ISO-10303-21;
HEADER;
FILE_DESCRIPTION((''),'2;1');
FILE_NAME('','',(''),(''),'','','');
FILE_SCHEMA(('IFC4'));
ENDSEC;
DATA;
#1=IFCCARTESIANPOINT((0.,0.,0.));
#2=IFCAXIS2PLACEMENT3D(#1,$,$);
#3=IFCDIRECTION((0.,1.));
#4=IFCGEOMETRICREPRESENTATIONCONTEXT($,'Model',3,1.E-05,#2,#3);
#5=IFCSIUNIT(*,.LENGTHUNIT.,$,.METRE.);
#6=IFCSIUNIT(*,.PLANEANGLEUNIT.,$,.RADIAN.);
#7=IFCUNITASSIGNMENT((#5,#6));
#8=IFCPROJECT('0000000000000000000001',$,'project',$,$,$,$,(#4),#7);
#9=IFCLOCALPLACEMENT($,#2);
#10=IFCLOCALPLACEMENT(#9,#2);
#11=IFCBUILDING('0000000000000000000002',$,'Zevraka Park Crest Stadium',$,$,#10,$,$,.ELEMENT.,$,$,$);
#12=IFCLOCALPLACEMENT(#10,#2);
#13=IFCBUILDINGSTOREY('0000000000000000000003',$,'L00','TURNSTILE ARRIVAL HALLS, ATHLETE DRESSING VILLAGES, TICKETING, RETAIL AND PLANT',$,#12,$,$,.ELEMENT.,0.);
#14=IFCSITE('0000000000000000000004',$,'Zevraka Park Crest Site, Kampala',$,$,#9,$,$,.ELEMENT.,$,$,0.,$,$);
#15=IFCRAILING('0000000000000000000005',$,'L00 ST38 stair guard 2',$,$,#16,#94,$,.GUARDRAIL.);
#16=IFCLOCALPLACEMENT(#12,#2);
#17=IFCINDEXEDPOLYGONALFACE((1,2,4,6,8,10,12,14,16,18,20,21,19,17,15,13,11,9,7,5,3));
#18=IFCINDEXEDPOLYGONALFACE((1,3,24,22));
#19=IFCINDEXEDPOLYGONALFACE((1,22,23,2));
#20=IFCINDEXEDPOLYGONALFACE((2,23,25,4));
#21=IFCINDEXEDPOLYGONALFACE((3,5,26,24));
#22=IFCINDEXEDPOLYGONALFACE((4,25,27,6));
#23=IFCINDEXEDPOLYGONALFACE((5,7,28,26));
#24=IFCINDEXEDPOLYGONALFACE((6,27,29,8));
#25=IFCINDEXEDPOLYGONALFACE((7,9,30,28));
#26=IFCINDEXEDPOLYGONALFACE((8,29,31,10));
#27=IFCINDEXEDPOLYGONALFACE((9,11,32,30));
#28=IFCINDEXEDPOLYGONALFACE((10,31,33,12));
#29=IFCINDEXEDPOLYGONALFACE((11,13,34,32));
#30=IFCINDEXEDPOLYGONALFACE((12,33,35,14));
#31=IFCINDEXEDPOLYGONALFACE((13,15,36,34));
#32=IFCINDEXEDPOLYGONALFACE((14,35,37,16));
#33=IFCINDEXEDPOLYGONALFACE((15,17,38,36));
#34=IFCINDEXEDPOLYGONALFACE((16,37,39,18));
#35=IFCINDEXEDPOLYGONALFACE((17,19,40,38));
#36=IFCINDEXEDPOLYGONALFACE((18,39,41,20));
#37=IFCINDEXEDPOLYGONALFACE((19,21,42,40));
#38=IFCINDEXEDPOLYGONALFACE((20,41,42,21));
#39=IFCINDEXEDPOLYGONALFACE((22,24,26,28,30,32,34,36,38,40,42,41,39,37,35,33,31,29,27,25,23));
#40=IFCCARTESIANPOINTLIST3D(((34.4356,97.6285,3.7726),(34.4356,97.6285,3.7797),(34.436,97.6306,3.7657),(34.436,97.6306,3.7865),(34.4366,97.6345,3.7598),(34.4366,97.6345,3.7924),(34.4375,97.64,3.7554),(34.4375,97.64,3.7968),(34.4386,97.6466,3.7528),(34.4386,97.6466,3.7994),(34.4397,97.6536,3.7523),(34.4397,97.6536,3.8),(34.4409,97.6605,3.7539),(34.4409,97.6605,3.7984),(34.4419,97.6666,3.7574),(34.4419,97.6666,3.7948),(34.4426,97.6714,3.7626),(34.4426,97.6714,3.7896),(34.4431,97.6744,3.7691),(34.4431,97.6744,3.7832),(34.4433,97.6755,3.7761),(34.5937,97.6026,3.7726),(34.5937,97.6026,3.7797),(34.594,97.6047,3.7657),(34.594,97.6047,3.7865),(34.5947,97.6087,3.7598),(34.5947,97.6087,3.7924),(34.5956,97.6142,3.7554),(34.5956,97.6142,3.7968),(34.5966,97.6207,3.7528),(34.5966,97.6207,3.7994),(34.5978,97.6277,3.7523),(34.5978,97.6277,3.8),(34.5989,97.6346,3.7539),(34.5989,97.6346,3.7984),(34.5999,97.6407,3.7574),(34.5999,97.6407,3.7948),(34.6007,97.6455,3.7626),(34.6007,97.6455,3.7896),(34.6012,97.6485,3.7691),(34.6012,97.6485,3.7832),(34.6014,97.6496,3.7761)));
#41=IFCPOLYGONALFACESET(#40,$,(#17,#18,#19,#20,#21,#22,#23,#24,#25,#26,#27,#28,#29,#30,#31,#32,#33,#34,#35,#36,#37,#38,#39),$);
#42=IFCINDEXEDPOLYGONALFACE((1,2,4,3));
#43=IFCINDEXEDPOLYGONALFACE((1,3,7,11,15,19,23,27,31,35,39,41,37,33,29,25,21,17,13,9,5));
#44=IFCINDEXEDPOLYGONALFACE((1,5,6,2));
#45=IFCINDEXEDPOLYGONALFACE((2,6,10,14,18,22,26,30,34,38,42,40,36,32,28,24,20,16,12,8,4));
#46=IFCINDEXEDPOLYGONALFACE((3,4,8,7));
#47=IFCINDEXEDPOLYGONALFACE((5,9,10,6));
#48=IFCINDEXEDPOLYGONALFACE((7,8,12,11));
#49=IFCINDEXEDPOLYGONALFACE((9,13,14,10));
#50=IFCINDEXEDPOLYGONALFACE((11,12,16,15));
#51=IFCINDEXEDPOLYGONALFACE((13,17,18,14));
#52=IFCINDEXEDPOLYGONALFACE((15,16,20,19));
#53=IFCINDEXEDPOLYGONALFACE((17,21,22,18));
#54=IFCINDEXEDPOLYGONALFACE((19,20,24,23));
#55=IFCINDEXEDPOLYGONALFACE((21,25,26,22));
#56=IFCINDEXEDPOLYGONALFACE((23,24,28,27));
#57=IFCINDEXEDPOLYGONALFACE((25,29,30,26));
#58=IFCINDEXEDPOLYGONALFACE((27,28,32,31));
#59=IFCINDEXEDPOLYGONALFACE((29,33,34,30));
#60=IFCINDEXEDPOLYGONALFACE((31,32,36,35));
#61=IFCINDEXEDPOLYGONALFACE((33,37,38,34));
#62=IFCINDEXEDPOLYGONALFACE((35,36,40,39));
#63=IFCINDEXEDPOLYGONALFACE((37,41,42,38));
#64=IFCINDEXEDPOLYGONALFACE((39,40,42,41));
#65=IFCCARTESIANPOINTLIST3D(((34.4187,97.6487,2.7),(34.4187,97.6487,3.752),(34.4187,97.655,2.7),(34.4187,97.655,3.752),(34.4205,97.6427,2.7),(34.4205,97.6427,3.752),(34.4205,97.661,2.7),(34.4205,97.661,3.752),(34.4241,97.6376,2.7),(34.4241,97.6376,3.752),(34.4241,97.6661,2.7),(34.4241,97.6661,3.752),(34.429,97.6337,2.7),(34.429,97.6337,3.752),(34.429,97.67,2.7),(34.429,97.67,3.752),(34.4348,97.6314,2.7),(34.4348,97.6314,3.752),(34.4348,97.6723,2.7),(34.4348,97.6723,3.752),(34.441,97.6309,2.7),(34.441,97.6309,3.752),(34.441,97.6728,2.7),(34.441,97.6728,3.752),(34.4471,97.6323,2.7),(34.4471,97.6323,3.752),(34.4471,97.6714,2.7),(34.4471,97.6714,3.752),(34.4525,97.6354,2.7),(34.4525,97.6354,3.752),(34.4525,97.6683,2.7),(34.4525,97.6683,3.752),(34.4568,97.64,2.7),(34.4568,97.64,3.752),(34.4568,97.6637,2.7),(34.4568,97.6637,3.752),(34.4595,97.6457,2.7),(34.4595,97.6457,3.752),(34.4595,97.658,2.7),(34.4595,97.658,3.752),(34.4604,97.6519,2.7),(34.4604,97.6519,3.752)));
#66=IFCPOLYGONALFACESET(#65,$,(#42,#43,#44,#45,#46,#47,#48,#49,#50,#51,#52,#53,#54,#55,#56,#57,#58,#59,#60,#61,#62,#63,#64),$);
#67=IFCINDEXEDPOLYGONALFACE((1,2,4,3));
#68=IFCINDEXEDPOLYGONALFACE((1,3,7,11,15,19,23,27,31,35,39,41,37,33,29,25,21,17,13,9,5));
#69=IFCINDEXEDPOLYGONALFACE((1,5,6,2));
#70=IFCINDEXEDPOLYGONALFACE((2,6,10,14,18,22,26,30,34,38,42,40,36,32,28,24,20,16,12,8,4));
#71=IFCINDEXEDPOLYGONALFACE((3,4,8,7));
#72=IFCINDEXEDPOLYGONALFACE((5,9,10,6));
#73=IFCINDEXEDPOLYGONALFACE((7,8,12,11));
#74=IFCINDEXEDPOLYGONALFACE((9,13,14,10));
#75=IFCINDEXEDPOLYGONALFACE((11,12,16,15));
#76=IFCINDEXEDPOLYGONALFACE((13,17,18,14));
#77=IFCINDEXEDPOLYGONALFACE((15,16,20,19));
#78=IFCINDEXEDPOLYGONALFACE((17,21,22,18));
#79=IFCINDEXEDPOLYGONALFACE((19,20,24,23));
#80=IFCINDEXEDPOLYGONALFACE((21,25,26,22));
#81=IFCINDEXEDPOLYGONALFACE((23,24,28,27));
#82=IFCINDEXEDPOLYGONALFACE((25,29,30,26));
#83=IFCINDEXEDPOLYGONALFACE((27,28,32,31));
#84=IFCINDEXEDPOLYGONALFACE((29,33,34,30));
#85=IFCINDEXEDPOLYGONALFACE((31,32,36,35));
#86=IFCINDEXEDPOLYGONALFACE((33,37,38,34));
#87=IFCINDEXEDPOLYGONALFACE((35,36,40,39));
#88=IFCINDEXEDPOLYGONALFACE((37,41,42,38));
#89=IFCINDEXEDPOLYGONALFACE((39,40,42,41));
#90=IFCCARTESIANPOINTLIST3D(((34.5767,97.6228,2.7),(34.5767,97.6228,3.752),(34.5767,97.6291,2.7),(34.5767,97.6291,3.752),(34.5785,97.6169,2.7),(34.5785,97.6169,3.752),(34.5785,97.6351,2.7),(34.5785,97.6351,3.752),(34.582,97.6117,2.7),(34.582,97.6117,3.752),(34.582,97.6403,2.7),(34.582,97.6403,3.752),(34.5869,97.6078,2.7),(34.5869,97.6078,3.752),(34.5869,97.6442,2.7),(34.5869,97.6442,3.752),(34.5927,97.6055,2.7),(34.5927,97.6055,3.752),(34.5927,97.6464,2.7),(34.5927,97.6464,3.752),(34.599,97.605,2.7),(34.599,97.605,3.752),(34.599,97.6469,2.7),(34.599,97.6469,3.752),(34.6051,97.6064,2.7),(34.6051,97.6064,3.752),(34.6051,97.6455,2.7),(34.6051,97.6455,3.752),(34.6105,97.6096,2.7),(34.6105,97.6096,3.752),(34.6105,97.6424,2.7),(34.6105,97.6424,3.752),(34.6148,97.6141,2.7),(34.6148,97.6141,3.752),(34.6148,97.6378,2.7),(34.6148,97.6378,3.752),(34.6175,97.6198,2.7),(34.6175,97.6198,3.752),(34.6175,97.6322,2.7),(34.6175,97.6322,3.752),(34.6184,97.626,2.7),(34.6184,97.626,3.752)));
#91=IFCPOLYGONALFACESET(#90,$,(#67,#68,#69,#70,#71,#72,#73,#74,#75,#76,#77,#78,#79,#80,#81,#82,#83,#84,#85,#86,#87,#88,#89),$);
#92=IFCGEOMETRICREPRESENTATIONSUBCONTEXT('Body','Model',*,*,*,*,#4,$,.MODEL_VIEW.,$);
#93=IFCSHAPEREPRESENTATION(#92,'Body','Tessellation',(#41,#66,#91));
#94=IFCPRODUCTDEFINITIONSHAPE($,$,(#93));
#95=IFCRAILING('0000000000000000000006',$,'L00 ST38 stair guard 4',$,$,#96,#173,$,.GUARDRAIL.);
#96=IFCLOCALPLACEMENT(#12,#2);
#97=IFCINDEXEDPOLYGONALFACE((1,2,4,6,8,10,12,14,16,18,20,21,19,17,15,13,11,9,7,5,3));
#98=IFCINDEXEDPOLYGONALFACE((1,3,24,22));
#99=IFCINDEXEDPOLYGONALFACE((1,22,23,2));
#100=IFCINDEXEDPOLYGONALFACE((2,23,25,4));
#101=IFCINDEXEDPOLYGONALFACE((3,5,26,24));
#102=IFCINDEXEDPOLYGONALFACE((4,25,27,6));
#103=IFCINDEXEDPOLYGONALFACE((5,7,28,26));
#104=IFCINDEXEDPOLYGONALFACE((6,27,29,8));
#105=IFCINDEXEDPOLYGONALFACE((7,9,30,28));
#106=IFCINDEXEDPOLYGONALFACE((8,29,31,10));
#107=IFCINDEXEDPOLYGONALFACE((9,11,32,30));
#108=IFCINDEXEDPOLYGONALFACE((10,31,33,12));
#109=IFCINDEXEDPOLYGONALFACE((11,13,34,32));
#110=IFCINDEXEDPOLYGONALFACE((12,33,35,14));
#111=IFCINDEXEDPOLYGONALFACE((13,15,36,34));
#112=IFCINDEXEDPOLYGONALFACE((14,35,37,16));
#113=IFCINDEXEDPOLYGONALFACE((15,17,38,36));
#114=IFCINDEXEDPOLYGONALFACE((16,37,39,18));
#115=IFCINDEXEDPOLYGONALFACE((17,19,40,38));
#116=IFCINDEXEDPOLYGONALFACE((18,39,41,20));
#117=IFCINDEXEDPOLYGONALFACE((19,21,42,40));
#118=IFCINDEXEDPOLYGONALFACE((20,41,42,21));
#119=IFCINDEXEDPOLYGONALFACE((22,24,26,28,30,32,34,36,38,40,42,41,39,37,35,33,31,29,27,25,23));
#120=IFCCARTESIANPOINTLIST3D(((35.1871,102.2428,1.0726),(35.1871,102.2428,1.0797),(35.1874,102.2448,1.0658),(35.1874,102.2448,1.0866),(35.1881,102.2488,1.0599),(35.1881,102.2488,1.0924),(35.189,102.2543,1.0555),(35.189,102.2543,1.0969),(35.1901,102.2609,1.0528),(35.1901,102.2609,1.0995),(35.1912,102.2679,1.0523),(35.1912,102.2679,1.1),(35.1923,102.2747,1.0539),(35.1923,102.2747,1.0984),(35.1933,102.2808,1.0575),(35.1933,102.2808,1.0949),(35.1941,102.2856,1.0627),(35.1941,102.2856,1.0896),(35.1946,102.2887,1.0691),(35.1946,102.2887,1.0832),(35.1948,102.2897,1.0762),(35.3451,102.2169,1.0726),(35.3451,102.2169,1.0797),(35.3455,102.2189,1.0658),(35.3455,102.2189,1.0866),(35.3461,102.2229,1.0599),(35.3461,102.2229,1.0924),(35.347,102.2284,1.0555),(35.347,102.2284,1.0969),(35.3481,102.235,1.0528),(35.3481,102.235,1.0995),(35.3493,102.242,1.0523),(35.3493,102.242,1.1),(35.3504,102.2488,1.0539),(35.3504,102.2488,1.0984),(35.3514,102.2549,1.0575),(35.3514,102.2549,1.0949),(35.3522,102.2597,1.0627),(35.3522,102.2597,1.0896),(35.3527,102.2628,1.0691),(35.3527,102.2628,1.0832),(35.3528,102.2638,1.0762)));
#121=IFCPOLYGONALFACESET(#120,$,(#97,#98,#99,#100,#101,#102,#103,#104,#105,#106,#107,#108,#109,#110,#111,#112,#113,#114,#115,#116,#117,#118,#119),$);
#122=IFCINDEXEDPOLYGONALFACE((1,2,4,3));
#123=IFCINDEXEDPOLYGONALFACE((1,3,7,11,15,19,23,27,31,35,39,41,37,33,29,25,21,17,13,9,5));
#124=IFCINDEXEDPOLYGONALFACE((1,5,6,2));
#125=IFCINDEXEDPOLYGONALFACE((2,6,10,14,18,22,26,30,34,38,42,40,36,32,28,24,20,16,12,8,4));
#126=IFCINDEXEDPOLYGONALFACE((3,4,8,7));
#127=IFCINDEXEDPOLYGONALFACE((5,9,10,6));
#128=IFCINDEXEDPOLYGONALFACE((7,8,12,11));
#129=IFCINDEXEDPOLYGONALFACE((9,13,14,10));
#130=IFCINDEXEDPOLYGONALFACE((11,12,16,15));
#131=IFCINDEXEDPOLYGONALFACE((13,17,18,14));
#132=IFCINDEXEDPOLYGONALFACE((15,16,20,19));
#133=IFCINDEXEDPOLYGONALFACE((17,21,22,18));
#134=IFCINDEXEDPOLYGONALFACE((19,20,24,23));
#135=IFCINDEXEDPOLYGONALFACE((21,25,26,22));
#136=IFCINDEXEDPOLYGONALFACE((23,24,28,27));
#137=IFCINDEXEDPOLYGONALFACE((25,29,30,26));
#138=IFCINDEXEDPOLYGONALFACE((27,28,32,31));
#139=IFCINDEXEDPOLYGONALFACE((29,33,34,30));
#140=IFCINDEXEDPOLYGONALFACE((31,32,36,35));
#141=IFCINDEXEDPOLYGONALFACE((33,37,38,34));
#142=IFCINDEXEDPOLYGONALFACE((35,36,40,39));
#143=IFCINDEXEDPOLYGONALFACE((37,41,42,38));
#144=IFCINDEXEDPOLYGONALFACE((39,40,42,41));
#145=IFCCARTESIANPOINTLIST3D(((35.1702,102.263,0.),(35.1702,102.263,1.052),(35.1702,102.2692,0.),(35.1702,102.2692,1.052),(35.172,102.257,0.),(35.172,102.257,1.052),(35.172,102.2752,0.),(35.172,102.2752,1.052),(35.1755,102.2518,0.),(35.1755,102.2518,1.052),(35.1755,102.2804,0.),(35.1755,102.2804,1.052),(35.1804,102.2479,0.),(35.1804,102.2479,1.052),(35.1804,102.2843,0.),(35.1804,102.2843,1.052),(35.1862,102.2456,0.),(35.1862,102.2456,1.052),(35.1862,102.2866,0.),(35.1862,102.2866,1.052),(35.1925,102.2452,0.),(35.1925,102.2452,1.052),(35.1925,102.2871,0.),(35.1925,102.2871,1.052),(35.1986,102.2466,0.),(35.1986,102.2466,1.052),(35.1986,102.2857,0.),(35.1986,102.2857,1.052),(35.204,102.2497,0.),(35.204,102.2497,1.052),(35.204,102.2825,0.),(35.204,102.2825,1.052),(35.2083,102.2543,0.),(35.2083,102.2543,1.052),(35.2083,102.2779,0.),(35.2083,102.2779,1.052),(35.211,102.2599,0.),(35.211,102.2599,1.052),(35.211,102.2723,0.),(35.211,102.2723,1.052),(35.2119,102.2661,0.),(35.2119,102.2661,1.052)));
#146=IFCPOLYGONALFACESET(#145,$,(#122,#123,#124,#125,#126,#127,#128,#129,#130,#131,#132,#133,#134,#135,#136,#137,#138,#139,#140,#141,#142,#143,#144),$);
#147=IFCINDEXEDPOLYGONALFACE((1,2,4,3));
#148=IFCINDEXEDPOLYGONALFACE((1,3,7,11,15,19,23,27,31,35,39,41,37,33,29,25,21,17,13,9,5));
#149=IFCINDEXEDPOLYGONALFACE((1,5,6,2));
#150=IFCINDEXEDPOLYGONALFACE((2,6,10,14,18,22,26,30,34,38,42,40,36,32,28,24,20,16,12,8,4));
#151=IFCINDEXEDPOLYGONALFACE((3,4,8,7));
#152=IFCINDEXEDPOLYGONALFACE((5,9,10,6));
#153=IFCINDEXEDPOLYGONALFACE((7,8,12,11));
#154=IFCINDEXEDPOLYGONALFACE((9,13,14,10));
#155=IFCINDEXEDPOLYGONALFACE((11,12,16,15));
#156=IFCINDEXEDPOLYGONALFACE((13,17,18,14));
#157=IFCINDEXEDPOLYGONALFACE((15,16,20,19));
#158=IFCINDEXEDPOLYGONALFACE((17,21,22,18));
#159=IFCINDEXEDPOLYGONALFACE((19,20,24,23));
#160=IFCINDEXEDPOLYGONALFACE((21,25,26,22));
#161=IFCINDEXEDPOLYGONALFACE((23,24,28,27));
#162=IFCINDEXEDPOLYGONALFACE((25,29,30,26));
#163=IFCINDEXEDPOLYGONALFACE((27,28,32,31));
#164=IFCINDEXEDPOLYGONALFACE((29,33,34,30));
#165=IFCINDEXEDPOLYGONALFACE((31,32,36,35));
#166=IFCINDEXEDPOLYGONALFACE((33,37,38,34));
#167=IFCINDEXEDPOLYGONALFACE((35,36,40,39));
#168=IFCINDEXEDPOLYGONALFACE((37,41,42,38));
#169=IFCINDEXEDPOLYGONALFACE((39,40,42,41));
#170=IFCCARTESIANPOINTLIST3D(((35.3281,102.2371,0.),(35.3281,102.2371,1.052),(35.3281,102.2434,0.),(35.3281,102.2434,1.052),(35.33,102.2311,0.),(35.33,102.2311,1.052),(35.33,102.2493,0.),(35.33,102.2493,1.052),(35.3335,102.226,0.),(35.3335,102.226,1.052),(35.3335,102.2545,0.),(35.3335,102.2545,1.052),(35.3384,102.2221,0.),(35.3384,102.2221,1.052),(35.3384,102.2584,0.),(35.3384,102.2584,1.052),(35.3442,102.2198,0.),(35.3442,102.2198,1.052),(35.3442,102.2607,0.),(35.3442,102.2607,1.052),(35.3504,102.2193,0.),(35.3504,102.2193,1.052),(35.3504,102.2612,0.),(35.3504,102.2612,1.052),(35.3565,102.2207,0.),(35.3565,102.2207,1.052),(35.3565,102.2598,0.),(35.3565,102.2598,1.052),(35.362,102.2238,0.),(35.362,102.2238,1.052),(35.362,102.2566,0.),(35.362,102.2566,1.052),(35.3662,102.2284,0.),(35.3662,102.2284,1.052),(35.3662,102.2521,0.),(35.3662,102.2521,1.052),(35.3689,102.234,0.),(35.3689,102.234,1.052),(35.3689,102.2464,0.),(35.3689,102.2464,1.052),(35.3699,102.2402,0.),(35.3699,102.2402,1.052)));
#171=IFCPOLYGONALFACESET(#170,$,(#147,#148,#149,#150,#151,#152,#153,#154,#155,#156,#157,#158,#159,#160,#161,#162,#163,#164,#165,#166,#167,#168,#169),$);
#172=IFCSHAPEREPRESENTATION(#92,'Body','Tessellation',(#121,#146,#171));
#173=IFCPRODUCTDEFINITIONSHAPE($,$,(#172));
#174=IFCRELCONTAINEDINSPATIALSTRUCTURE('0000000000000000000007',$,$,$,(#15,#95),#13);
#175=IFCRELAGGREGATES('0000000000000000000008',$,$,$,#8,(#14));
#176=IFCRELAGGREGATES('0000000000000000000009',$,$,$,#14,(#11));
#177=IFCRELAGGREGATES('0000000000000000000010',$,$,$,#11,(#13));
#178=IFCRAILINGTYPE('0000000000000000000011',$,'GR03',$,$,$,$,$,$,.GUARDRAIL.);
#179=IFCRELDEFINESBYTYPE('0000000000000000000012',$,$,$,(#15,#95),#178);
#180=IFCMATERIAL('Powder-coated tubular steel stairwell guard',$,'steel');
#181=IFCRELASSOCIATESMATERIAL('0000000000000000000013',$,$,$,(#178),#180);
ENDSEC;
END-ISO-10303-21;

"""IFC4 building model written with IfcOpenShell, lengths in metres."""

from ifc_helpers import new_model, si_unit, direction, frame, origin, origin_2d, place, context, subcontext, project, spatial, circle, extrude, material, type_object, element, save


model = new_model("IFC4")

# Units and contexts
model_context = context("Model", 3, precision=1e-05, world=origin(), true_north=direction((0.0, 1.0)))
body_context = subcontext(model_context, "Body", "Model", "MODEL_VIEW")
ifc_project = project(units=[si_unit("LENGTHUNIT", "METRE"), si_unit("PLANEANGLEUNIT", "RADIAN")], contexts=[model_context])

# Site, building, storey
site_placement = place(None, origin())
site = spatial("IfcSite", under=ifc_project, at=site_placement, Name="Zevraka Park Crest Site, Kampala", CompositionType="ELEMENT", RefElevation=0.0)
building_placement = place(site_placement, origin())
building = spatial("IfcBuilding", under=site, at=building_placement, Name="Zevraka Park Crest Stadium", CompositionType="ELEMENT")
storey_placement = place(building_placement, origin())
storey = spatial("IfcBuildingStorey", under=building, at=storey_placement, Name="L00", Description="TURNSTILE ARRIVAL HALLS, ATHLETE DRESSING VILLAGES, TICKETING, RETAIL AND PLANT", CompositionType="ELEMENT", Elevation=0.0)

# Railings
ifc_material_1 = material(Name="Powder-coated tubular steel stairwell guard", Category="steel")
railing_type_1 = type_object("IfcRailingType", Name="GR03", PredefinedType="GUARDRAIL", material=ifc_material_1)
railing_1_placement = place(storey_placement, frame((34.4395, 97.6519, 2.7)))
element("IfcRailing", 1, at=railing_1_placement, inside=storey, type_object=railing_type_1, Name="L00 ST38 stair guard 2", PredefinedType="GUARDRAIL", context=body_context, shape_type="SweptSolid", body=[
    extrude(circle(Radius=0.0239, at=origin_2d()), frame((0.0, 0.0, 1.0762), z_axis=(0.986844, -0.161678, 0.0), x_axis=(0.161678, 0.986844, 0.0)), (0.0, 0.0, 1.0), 0.1602),
    extrude(circle(Radius=0.021, at=origin_2d()), origin(), (0.0, 0.0, 1.0), 1.052),
    extrude(circle(Radius=0.021, at=origin_2d()), frame((0.158, -0.0259, 0.0)), (0.0, 0.0, 1.0), 1.052),
])
railing_2_placement = place(storey_placement, frame((35.1909, 102.2661, 0.0)))
element("IfcRailing", 2, at=railing_2_placement, inside=storey, type_object=railing_type_1, Name="L00 ST38 stair guard 4", PredefinedType="GUARDRAIL", context=body_context, shape_type="SweptSolid", body=[
    extrude(circle(Radius=0.0239, at=origin_2d()), frame((0.0, 0.0, 1.0762), z_axis=(0.986844, -0.161678, 0.0), x_axis=(0.161678, 0.986844, 0.0)), (0.0, 0.0, 1.0), 0.1602),
    extrude(circle(Radius=0.021, at=origin_2d()), origin(), (0.0, 0.0, 1.0), 1.052),
    extrude(circle(Radius=0.021, at=origin_2d()), frame((0.158, -0.0259, 0.0)), (0.0, 0.0, 1.0), 1.052),
])

save(model, "model.ifc")
